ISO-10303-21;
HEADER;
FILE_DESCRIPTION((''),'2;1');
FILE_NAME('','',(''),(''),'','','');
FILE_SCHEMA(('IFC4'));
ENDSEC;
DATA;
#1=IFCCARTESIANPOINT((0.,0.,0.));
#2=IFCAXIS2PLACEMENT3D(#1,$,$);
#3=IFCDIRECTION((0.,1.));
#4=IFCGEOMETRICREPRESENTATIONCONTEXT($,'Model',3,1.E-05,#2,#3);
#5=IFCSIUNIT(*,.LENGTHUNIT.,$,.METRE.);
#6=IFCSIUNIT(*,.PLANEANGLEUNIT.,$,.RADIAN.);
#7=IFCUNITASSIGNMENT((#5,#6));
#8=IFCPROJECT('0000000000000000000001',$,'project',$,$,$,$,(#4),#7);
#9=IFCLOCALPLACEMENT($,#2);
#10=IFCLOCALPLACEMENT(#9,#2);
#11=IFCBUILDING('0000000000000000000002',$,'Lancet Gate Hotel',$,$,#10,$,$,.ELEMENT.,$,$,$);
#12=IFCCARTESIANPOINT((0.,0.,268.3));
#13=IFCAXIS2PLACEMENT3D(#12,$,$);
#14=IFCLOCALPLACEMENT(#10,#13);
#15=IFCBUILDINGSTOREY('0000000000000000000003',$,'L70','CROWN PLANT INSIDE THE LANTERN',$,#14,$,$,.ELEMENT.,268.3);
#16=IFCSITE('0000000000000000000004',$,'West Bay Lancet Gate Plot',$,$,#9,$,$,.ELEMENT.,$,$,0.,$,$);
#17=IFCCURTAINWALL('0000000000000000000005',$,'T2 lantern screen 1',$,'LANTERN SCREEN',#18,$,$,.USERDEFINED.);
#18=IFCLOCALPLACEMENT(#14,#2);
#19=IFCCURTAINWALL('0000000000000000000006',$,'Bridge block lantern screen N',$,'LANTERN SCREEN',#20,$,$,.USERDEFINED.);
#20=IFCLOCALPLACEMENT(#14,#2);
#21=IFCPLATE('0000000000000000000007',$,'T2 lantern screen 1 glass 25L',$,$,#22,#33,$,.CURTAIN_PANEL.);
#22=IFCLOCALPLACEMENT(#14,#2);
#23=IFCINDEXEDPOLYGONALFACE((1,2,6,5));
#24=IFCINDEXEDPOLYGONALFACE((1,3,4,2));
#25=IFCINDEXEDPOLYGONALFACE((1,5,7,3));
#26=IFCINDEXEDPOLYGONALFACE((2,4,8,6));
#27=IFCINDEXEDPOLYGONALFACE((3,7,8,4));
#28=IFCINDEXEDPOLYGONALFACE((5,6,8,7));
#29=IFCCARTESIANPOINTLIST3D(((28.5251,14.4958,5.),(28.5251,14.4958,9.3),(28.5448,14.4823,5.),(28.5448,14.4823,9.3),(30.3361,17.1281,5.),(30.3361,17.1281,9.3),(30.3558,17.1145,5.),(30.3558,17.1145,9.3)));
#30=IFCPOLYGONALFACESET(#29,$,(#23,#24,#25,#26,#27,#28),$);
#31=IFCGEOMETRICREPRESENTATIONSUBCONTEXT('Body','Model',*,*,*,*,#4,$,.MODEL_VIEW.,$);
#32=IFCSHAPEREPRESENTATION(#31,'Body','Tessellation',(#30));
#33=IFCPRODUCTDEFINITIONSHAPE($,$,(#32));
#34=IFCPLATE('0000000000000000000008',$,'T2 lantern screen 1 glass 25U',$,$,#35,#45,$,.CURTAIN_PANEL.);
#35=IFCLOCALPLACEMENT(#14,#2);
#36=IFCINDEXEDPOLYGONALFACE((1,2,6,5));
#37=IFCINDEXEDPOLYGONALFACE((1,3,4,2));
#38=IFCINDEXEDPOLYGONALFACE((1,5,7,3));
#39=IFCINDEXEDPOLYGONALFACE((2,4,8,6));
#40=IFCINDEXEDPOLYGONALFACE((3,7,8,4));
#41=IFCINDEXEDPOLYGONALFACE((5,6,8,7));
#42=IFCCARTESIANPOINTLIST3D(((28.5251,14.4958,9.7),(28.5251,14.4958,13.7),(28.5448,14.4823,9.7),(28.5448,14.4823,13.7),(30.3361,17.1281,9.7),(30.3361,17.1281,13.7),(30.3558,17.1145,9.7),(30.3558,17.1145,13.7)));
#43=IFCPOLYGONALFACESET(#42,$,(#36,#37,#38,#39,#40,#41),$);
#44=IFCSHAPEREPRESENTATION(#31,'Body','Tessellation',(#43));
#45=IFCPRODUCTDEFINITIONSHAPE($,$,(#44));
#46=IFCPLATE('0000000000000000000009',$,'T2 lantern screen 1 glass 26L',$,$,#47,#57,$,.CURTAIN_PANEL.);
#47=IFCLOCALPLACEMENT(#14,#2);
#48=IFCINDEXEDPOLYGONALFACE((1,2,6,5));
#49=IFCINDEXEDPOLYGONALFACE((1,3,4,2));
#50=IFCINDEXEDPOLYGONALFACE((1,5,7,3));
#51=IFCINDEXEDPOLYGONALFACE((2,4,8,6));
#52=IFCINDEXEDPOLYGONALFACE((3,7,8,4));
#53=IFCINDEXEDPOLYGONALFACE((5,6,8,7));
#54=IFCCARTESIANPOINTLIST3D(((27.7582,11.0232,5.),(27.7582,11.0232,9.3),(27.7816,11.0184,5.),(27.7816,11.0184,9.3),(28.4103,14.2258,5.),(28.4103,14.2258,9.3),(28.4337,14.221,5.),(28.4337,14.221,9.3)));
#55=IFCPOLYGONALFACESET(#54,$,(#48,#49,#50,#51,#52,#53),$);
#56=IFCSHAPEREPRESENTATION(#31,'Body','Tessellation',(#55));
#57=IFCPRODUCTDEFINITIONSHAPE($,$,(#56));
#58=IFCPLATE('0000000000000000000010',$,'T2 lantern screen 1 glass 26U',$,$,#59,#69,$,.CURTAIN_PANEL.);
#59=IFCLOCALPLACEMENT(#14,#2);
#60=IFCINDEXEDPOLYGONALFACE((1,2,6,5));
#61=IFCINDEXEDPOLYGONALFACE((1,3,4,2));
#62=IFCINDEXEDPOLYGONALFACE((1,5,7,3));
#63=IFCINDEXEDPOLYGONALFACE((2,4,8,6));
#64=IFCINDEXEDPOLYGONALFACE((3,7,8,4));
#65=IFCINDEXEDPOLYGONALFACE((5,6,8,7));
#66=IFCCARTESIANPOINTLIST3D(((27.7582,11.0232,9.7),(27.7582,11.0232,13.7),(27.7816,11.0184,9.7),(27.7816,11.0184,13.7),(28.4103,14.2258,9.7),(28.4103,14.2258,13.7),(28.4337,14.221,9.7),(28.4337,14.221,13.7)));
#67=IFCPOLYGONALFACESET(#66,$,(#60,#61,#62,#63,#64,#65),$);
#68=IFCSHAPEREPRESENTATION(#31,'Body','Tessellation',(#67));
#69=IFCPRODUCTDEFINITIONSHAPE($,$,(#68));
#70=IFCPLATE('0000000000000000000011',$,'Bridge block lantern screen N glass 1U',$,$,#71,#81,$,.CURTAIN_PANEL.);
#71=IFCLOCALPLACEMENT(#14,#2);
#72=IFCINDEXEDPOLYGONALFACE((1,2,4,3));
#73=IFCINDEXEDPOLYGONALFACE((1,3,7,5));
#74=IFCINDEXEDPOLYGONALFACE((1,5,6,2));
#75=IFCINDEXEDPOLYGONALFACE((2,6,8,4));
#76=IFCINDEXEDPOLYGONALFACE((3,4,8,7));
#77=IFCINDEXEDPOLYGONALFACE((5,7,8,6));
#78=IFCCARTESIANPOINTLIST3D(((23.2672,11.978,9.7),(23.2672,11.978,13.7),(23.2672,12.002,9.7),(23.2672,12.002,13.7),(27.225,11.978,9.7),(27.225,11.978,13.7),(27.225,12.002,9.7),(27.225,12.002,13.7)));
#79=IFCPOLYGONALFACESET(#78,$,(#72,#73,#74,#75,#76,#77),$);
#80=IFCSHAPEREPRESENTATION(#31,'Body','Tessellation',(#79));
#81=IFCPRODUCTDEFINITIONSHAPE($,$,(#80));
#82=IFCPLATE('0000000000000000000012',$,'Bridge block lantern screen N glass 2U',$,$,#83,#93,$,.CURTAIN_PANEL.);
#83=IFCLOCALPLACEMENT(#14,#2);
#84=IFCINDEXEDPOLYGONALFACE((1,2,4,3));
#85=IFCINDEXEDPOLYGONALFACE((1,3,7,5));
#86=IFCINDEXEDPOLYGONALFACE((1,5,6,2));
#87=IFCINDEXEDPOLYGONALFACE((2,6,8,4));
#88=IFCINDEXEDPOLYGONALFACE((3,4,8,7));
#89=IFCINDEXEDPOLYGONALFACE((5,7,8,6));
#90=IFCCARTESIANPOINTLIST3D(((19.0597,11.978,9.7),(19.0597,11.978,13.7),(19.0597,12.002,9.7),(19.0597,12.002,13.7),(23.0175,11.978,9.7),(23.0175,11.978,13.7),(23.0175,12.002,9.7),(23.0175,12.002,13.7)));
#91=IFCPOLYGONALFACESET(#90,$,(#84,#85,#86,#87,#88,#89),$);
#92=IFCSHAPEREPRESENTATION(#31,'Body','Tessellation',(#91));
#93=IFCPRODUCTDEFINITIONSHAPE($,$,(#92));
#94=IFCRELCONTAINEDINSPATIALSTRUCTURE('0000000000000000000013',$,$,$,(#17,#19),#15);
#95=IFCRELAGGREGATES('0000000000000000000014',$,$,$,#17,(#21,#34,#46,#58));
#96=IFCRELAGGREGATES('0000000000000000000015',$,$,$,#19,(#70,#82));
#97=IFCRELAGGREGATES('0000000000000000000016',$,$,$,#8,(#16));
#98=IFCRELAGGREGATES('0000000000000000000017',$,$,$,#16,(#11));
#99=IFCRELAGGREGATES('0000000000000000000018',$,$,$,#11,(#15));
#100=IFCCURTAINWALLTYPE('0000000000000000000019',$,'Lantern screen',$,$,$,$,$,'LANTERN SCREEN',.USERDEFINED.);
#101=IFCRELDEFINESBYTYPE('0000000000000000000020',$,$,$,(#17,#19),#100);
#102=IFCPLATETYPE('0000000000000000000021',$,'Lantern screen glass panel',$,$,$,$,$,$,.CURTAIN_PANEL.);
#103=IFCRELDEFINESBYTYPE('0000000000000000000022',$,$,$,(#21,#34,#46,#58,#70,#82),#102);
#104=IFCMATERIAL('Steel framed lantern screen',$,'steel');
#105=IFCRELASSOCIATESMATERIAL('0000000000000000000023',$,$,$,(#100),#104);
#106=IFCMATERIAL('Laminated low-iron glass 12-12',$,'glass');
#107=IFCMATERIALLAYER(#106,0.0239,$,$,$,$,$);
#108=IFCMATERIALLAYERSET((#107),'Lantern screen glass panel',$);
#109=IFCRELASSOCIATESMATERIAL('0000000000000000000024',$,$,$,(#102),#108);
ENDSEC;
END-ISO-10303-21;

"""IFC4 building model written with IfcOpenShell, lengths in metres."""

from ifc_helpers import new_model, si_unit, direction, frame, origin, origin_2d, place, context, subcontext, project, spatial, rectangle, extrude, material, layer, layer_set, type_object, element, aggregate, save


model = new_model("IFC4")

# Units and contexts
model_context = context("Model", 3, precision=1e-05, world=origin(), true_north=direction((0.0, 1.0)))
body_context = subcontext(model_context, "Body", "Model", "MODEL_VIEW")
ifc_project = project(units=[si_unit("LENGTHUNIT", "METRE"), si_unit("PLANEANGLEUNIT", "RADIAN")], contexts=[model_context])

# Site, building, storey
site_placement = place(None, origin())
site = spatial("IfcSite", under=ifc_project, at=site_placement, Name="West Bay Lancet Gate Plot", CompositionType="ELEMENT", RefElevation=0.0)
building_placement = place(site_placement, origin())
building = spatial("IfcBuilding", under=site, at=building_placement, Name="Lancet Gate Hotel", CompositionType="ELEMENT")
storey_placement = place(building_placement, frame((0.0, 0.0, 268.3)))
storey = spatial("IfcBuildingStorey", under=building, at=storey_placement, Name="L70", Description="CROWN PLANT INSIDE THE LANTERN", CompositionType="ELEMENT", Elevation=268.3)

# Curtain wall
ifc_material_1 = material(Name="Steel framed lantern screen", Category="steel")
curtain_wall_type = type_object("IfcCurtainWallType", Name="Lantern screen", ElementType="LANTERN SCREEN", PredefinedType="USERDEFINED", material=ifc_material_1)
curtain_wall_1_placement = place(storey_placement, origin())
curtain_wall_1 = element("IfcCurtainWall", 1, at=curtain_wall_1_placement, inside=storey, type_object=curtain_wall_type, Name="T2 lantern screen 1", ObjectType="LANTERN SCREEN", PredefinedType="USERDEFINED")

# Curtain wall
curtain_wall_2_placement = place(storey_placement, origin())
curtain_wall_2 = element("IfcCurtainWall", 2, at=curtain_wall_2_placement, inside=storey, type_object=curtain_wall_type, Name="Bridge block lantern screen N", ObjectType="LANTERN SCREEN", PredefinedType="USERDEFINED")

# Plates
ifc_material_2 = material(Name="Laminated low-iron glass 12-12", Category="glass")
ifc_layer = layer(ifc_material_2, 0.0239)
ifc_layer_set = layer_set([ifc_layer], Name="Lantern screen glass panel")
plate_type = type_object("IfcPlateType", Name="Lantern screen glass panel", PredefinedType="CURTAIN_PANEL", material=ifc_layer_set)
plate_1_placement = place(storey_placement, frame((29.4404, 15.8052, 5.0), z_axis=(0.0, 0.0, 1.0), x_axis=(-0.566824, -0.823839, 0.0)))
plate_1 = element("IfcPlate", 3, at=plate_1_placement, type_object=plate_type, Name="T2 lantern screen 1 glass 25L", PredefinedType="CURTAIN_PANEL", context=body_context, shape_type="SweptSolid", body=[
    extrude(rectangle(XDim=3.1951, YDim=0.0239, at=origin_2d()), origin(), (0.0, 0.0, 1.0), 4.3),
])
plate_2_placement = place(storey_placement, frame((29.4404, 15.8052, 9.7), z_axis=(0.0, 0.0, 1.0), x_axis=(-0.566824, -0.823839, 0.0)))
plate_2 = element("IfcPlate", 4, at=plate_2_placement, type_object=plate_type, Name="T2 lantern screen 1 glass 25U", PredefinedType="CURTAIN_PANEL", context=body_context, shape_type="SweptSolid", body=[
    extrude(rectangle(XDim=3.1951, YDim=0.0239, at=origin_2d()), origin(), (0.0, 0.0, 1.0), 4.0),
])
plate_3_placement = place(storey_placement, frame((28.0959, 12.6221, 5.0), z_axis=(0.0, 0.0, 1.0), x_axis=(-0.199533, -0.979891, 0.0)))
plate_3 = element("IfcPlate", 5, at=plate_3_placement, type_object=plate_type, Name="T2 lantern screen 1 glass 26L", PredefinedType="CURTAIN_PANEL", context=body_context, shape_type="SweptSolid", body=[
    extrude(rectangle(XDim=3.2683, YDim=0.0239, at=origin_2d()), origin(), (0.0, 0.0, 1.0), 4.3),
])
plate_4_placement = place(storey_placement, frame((28.0959, 12.6221, 9.7), z_axis=(0.0, 0.0, 1.0), x_axis=(-0.199533, -0.979891, 0.0)))
plate_4 = element("IfcPlate", 6, at=plate_4_placement, type_object=plate_type, Name="T2 lantern screen 1 glass 26U", PredefinedType="CURTAIN_PANEL", context=body_context, shape_type="SweptSolid", body=[
    extrude(rectangle(XDim=3.2683, YDim=0.0239, at=origin_2d()), origin(), (0.0, 0.0, 1.0), 4.0),
])
aggregate(curtain_wall_1, [plate_1, plate_2, plate_3, plate_4])
plate_5_placement = place(storey_placement, frame((25.2461, 11.99, 9.7), z_axis=(0.0, 0.0, 1.0), x_axis=(-1.0, 0.0, 0.0)))
plate_5 = element("IfcPlate", 7, at=plate_5_placement, type_object=plate_type, Name="Bridge block lantern screen N glass 1U", PredefinedType="CURTAIN_PANEL", context=body_context, shape_type="SweptSolid", body=[
    extrude(rectangle(XDim=3.9578, YDim=0.0239, at=origin_2d()), origin(), (0.0, 0.0, 1.0), 4.0),
])
plate_6_placement = place(storey_placement, frame((21.0386, 11.99, 9.7), z_axis=(0.0, 0.0, 1.0), x_axis=(-1.0, 0.0, 0.0)))
plate_6 = element("IfcPlate", 8, at=plate_6_placement, type_object=plate_type, Name="Bridge block lantern screen N glass 2U", PredefinedType="CURTAIN_PANEL", context=body_context, shape_type="SweptSolid", body=[
    extrude(rectangle(XDim=3.9578, YDim=0.0239, at=origin_2d()), origin(), (0.0, 0.0, 1.0), 4.0),
])
aggregate(curtain_wall_2, [plate_5, plate_6])

save(model, "model.ifc")
